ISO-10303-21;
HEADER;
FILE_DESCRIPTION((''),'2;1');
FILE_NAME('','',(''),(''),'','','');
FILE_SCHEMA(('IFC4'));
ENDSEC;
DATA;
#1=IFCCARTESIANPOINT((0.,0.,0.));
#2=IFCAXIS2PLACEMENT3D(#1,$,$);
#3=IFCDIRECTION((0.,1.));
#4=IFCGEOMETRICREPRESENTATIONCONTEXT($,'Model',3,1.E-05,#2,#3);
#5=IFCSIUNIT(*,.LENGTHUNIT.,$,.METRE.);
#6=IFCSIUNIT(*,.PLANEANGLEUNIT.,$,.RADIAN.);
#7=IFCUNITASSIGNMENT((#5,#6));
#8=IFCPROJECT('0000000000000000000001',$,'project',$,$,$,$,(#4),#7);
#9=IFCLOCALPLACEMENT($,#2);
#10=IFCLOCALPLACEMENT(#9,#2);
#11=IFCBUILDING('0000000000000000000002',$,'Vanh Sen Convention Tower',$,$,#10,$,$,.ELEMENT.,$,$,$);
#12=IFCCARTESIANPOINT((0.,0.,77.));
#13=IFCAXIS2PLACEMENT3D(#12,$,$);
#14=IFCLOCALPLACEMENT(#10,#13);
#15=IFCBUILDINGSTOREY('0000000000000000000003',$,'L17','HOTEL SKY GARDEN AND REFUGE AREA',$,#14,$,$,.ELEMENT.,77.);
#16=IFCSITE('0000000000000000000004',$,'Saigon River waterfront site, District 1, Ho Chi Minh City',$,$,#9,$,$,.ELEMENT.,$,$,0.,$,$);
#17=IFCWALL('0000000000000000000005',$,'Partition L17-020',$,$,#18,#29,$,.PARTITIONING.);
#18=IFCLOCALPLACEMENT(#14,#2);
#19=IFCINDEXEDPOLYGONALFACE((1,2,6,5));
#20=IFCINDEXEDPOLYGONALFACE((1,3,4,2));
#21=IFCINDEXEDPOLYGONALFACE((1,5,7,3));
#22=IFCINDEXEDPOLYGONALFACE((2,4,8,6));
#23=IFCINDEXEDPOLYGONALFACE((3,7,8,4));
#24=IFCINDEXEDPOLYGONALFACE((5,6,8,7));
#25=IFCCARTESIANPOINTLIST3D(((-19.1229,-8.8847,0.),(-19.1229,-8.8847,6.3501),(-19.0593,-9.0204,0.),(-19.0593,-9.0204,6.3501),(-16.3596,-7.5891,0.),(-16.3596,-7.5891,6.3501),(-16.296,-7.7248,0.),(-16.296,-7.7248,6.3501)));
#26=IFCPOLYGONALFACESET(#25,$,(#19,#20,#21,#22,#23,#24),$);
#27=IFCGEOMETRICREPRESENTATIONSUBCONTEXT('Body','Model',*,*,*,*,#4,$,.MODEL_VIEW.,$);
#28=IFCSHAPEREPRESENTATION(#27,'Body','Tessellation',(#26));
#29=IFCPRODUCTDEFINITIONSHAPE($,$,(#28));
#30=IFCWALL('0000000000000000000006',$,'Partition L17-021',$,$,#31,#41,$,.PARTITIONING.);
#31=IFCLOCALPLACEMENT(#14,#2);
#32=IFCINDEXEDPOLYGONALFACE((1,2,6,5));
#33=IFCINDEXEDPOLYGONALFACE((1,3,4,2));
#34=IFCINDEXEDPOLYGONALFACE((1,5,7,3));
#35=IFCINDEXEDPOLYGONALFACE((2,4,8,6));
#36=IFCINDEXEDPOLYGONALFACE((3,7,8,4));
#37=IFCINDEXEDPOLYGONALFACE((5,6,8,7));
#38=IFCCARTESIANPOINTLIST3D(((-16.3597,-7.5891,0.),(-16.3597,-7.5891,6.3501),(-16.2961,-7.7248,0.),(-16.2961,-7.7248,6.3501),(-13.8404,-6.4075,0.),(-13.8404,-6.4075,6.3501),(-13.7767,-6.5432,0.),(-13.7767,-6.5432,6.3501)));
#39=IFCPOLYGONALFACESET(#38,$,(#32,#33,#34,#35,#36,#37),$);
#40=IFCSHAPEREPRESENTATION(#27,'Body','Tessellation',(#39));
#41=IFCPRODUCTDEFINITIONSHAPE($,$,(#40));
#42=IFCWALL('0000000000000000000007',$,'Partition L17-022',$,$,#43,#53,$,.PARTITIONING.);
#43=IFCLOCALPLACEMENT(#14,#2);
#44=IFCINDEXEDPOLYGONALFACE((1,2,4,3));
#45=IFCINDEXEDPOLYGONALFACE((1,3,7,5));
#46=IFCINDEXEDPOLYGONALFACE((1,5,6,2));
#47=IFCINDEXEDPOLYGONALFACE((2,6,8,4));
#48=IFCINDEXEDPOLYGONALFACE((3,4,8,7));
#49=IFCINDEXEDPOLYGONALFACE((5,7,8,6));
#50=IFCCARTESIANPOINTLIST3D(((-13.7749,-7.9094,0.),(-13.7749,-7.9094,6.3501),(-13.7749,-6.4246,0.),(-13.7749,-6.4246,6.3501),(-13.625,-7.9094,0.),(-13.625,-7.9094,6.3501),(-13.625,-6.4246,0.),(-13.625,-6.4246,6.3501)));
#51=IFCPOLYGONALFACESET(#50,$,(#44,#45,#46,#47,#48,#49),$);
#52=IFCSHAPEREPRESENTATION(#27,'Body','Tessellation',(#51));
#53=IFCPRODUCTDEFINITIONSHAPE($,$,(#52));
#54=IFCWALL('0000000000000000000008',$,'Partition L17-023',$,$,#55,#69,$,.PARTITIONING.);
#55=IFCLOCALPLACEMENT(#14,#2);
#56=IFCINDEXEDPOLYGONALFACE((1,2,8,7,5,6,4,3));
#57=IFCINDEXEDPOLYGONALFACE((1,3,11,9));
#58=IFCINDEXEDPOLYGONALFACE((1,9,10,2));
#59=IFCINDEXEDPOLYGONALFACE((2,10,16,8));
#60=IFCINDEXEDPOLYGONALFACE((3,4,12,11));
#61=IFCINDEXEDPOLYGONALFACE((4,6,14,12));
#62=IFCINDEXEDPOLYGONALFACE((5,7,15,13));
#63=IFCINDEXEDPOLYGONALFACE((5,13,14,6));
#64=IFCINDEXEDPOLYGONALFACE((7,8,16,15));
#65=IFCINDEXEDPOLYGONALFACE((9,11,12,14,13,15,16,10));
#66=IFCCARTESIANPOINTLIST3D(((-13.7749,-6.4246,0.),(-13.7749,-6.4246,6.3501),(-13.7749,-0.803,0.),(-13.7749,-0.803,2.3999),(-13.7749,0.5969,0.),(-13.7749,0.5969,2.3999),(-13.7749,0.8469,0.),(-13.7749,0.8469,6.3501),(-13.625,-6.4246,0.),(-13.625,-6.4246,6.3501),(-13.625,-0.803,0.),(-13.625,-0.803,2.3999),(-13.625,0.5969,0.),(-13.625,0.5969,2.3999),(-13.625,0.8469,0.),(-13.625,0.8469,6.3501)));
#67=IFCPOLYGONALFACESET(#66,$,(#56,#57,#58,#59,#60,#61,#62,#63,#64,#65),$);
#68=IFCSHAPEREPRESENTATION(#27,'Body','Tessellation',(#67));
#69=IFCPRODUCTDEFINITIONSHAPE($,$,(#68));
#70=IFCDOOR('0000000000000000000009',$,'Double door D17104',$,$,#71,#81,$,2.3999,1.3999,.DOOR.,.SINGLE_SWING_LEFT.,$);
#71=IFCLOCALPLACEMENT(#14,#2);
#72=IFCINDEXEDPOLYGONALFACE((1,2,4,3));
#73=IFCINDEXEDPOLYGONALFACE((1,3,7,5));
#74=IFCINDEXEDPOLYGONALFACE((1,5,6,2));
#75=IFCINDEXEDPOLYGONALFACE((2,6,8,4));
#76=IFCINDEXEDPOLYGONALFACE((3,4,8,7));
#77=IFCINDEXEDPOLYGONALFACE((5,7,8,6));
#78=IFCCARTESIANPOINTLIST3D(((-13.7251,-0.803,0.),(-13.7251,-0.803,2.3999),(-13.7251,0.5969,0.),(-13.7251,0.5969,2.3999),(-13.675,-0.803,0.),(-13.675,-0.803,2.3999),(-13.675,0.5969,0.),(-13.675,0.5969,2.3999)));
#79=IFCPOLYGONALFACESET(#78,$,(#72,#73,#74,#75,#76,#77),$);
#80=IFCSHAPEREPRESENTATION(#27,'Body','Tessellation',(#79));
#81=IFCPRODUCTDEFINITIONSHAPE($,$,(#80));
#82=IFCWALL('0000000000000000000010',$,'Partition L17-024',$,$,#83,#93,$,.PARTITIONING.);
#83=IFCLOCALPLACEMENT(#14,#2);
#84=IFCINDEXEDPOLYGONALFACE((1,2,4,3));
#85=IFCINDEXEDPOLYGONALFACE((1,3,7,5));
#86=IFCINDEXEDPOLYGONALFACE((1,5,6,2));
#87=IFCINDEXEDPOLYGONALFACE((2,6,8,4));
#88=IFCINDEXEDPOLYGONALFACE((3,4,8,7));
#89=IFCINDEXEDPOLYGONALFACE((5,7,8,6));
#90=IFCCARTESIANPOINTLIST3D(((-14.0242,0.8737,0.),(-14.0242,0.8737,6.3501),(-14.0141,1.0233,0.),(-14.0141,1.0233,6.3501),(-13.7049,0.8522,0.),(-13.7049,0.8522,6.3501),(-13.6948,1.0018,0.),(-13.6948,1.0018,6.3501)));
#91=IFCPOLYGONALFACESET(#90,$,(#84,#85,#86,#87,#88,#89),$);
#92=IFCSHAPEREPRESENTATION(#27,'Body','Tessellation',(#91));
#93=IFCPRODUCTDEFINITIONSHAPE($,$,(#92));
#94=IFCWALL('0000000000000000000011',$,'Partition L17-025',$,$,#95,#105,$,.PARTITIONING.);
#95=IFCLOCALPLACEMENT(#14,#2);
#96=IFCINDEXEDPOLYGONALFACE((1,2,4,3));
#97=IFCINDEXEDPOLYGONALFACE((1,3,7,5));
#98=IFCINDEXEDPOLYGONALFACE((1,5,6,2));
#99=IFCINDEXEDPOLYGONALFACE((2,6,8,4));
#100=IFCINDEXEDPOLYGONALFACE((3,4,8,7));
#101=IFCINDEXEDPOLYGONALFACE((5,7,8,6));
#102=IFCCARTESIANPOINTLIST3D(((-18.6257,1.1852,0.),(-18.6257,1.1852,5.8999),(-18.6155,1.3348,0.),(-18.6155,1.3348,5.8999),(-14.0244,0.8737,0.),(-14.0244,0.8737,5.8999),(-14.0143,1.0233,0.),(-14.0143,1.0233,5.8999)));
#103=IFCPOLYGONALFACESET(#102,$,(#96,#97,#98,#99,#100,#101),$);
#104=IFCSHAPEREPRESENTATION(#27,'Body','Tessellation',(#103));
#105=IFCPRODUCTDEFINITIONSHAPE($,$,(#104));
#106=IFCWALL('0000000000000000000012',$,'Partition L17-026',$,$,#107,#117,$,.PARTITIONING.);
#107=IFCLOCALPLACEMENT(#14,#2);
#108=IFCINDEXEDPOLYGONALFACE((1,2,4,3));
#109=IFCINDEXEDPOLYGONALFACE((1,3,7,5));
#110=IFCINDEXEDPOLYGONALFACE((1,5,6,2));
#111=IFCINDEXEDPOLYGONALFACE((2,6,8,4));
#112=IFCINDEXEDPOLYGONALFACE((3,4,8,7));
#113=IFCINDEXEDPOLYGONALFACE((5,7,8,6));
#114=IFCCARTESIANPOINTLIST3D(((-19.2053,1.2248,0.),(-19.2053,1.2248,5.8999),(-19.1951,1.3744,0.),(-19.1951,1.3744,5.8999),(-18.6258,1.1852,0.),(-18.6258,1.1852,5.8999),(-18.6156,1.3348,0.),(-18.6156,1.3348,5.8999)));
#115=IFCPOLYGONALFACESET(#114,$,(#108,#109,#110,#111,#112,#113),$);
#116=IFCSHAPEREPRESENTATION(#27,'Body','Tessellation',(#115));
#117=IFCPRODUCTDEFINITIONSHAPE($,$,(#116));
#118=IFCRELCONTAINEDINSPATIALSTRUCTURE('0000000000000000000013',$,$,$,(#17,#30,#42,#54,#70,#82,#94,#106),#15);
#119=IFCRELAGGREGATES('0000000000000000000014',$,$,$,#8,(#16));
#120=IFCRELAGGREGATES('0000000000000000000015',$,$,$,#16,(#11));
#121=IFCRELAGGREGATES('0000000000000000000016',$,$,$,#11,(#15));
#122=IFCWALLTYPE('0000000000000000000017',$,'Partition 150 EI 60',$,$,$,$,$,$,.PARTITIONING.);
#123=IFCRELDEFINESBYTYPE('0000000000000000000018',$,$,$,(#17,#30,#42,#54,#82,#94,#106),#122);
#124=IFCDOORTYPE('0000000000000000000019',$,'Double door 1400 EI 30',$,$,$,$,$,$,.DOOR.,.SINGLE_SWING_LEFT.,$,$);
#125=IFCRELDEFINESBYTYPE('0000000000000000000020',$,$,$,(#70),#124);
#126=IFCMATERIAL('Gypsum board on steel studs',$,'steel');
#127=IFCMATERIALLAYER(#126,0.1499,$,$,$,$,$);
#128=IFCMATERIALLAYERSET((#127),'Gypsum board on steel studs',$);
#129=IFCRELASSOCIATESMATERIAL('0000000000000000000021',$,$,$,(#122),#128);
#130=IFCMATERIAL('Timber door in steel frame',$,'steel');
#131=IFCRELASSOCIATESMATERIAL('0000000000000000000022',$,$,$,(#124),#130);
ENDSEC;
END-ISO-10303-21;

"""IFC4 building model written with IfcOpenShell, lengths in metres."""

from ifc_helpers import new_model, si_unit, direction, frame, frame_2d, origin, place, context, subcontext, project, spatial, rectangle, extrude, material, layer, layer_set, type_object, element, fill, save


model = new_model("IFC4")

# Units and contexts
model_context = context("Model", 3, precision=1e-05, world=origin(), true_north=direction((0.0, 1.0)))
body_context = subcontext(model_context, "Body", "Model", "MODEL_VIEW")
ifc_project = project(units=[si_unit("LENGTHUNIT", "METRE"), si_unit("PLANEANGLEUNIT", "RADIAN")], contexts=[model_context])

# Site, building, storey
site_placement = place(None, origin())
site = spatial("IfcSite", under=ifc_project, at=site_placement, Name="Saigon River waterfront site, District 1, Ho Chi Minh City", CompositionType="ELEMENT", RefElevation=0.0)
building_placement = place(site_placement, origin())
building = spatial("IfcBuilding", under=site, at=building_placement, Name="Vanh Sen Convention Tower", CompositionType="ELEMENT")
storey_placement = place(building_placement, frame((0.0, 0.0, 77.0)))
storey = spatial("IfcBuildingStorey", under=building, at=storey_placement, Name="L17", Description="HOTEL SKY GARDEN AND REFUGE AREA", CompositionType="ELEMENT", Elevation=77.0)

# Shared definitions
ifc_material_1 = material(Name="Gypsum board on steel studs", Category="steel")
ifc_layer_1 = layer(ifc_material_1, 0.1499)
ifc_layer_set_1 = layer_set([ifc_layer_1], Name="Gypsum board on steel studs")
wall_type_1 = type_object("IfcWallType", Name="Partition 150 EI 60", PredefinedType="PARTITIONING", material=ifc_layer_set_1)

# Shared definitions
ifc_material_2 = material(Name="Timber door in steel frame", Category="steel")
door_type_1 = type_object("IfcDoorType", Name="Double door 1400 EI 30", OperationType="SINGLE_SWING_LEFT", PredefinedType="DOOR", material=ifc_material_2)

# Walls
wall_1_placement = place(storey_placement, frame((-16.3279, -7.657, 0.0), z_axis=(0.0, 0.0, 1.0), x_axis=(-0.905421, -0.424514, 0.0)))
element("IfcWall", 1, at=wall_1_placement, inside=storey, type_object=wall_type_1, Name="Partition L17-020", PredefinedType="PARTITIONING", context=body_context, shape_type="SweptSolid", body=[
    extrude(rectangle(XDim=3.052, YDim=0.1499, at=frame_2d((1.5259, 0.0))), origin(), (0.0, 0.0, 1.0), 6.3501),
])
wall_2_placement = place(storey_placement, frame((-16.3279, -7.657, 0.0), z_axis=(0.0, 0.0, 1.0), x_axis=(0.905359, 0.424647, 0.0)))
element("IfcWall", 2, at=wall_2_placement, inside=storey, type_object=wall_type_1, Name="Partition L17-021", PredefinedType="PARTITIONING", context=body_context, shape_type="SweptSolid", body=[
    extrude(rectangle(XDim=2.7827, YDim=0.1499, at=frame_2d((1.3914, 0.0))), origin(), (0.0, 0.0, 1.0), 6.3501),
])
wall_3_placement = place(storey_placement, frame((-13.7, -6.4246, 0.0), z_axis=(0.0, 0.0, 1.0), x_axis=(0.0, -1.0, 0.0)))
element("IfcWall", 3, at=wall_3_placement, inside=storey, type_object=wall_type_1, Name="Partition L17-022", PredefinedType="PARTITIONING", context=body_context, shape_type="SweptSolid", body=[
    extrude(rectangle(XDim=1.4849, YDim=0.1499, at=frame_2d((0.7424, 0.0))), origin(), (0.0, 0.0, 1.0), 6.3501),
])

# Wall, opening, door
wall_4_placement = place(storey_placement, frame((-13.7, 0.8469, 0.0), z_axis=(0.0, 0.0, 1.0), x_axis=(0.0, -1.0, 0.0)))
wall_4 = element("IfcWall", 4, at=wall_4_placement, inside=storey, type_object=wall_type_1, Name="Partition L17-023", PredefinedType="PARTITIONING", context=body_context, shape_type="SweptSolid", body=[
    extrude(rectangle(XDim=7.2715, YDim=0.1499, at=frame_2d((3.6357, 0.0))), origin(), (0.0, 0.0, 1.0), 6.3501),
])
opening_1_placement = place(wall_4_placement, frame((0.25, 0.0, 0.0)))
opening_1 = element("IfcOpeningElement", 5, at=opening_1_placement, cuts=wall_4, PredefinedType="OPENING", context=body_context, shape_type="SweptSolid", body=[
    extrude(rectangle(XDim=1.3999, YDim=2.3999, at=frame_2d((0.7, 1.2))), frame((0.0, 0.085, 0.0), z_axis=(0.0, -1.0, 0.0), x_axis=(1.0, 0.0, 0.0)), (0.0, 0.0, 1.0), 0.1699),
])
door_1_placement = place(opening_1_placement, origin())
door_1 = element("IfcDoor", 6, at=door_1_placement, inside=storey, type_object=door_type_1, Name="Double door D17104", OperationType="SINGLE_SWING_LEFT", OverallHeight=2.3999, OverallWidth=1.3999, PredefinedType="DOOR", context=body_context, shape_type="SweptSolid", body=[
    extrude(rectangle(XDim=1.3999, YDim=2.3999, at=frame_2d((0.7, 1.2))), frame((0.0, 0.0249, 0.0), z_axis=(0.0, -1.0, 0.0), x_axis=(1.0, 0.0, 0.0)), (0.0, 0.0, 1.0), 0.05),
])
fill(opening_1, door_1)

# Walls
wall_5_placement = place(storey_placement, frame((-14.0193, 0.9485, 0.0), z_axis=(0.0, 0.0, 1.0), x_axis=(0.997744, -0.067127, 0.0)))
element("IfcWall", 7, at=wall_5_placement, inside=storey, type_object=wall_type_1, Name="Partition L17-024", PredefinedType="PARTITIONING", context=body_context, shape_type="SweptSolid", body=[
    extrude(rectangle(XDim=0.3201, YDim=0.1499, at=frame_2d((0.1602, 0.0))), origin(), (0.0, 0.0, 1.0), 6.3501),
])
wall_6_placement = place(storey_placement, frame((-18.6206, 1.26, 0.0), z_axis=(0.0, 0.0, 1.0), x_axis=(0.997716, -0.067548, 0.0)))
element("IfcWall", 8, at=wall_6_placement, inside=storey, type_object=wall_type_1, Name="Partition L17-025", PredefinedType="PARTITIONING", context=body_context, shape_type="SweptSolid", body=[
    extrude(rectangle(XDim=4.6118, YDim=0.1499, at=frame_2d((2.3059, 0.0))), origin(), (0.0, 0.0, 1.0), 5.8999),
])
wall_7_placement = place(storey_placement, frame((-18.6206, 1.26, 0.0), z_axis=(0.0, 0.0, 1.0), x_axis=(-0.997678, 0.068109, 0.0)))
element("IfcWall", 9, at=wall_7_placement, inside=storey, type_object=wall_type_1, Name="Partition L17-026", PredefinedType="PARTITIONING", context=body_context, shape_type="SweptSolid", body=[
    extrude(rectangle(XDim=0.5808, YDim=0.1499, at=frame_2d((0.2905, 0.0))), origin(), (0.0, 0.0, 1.0), 5.8999),
])

save(model, "model.ifc")
